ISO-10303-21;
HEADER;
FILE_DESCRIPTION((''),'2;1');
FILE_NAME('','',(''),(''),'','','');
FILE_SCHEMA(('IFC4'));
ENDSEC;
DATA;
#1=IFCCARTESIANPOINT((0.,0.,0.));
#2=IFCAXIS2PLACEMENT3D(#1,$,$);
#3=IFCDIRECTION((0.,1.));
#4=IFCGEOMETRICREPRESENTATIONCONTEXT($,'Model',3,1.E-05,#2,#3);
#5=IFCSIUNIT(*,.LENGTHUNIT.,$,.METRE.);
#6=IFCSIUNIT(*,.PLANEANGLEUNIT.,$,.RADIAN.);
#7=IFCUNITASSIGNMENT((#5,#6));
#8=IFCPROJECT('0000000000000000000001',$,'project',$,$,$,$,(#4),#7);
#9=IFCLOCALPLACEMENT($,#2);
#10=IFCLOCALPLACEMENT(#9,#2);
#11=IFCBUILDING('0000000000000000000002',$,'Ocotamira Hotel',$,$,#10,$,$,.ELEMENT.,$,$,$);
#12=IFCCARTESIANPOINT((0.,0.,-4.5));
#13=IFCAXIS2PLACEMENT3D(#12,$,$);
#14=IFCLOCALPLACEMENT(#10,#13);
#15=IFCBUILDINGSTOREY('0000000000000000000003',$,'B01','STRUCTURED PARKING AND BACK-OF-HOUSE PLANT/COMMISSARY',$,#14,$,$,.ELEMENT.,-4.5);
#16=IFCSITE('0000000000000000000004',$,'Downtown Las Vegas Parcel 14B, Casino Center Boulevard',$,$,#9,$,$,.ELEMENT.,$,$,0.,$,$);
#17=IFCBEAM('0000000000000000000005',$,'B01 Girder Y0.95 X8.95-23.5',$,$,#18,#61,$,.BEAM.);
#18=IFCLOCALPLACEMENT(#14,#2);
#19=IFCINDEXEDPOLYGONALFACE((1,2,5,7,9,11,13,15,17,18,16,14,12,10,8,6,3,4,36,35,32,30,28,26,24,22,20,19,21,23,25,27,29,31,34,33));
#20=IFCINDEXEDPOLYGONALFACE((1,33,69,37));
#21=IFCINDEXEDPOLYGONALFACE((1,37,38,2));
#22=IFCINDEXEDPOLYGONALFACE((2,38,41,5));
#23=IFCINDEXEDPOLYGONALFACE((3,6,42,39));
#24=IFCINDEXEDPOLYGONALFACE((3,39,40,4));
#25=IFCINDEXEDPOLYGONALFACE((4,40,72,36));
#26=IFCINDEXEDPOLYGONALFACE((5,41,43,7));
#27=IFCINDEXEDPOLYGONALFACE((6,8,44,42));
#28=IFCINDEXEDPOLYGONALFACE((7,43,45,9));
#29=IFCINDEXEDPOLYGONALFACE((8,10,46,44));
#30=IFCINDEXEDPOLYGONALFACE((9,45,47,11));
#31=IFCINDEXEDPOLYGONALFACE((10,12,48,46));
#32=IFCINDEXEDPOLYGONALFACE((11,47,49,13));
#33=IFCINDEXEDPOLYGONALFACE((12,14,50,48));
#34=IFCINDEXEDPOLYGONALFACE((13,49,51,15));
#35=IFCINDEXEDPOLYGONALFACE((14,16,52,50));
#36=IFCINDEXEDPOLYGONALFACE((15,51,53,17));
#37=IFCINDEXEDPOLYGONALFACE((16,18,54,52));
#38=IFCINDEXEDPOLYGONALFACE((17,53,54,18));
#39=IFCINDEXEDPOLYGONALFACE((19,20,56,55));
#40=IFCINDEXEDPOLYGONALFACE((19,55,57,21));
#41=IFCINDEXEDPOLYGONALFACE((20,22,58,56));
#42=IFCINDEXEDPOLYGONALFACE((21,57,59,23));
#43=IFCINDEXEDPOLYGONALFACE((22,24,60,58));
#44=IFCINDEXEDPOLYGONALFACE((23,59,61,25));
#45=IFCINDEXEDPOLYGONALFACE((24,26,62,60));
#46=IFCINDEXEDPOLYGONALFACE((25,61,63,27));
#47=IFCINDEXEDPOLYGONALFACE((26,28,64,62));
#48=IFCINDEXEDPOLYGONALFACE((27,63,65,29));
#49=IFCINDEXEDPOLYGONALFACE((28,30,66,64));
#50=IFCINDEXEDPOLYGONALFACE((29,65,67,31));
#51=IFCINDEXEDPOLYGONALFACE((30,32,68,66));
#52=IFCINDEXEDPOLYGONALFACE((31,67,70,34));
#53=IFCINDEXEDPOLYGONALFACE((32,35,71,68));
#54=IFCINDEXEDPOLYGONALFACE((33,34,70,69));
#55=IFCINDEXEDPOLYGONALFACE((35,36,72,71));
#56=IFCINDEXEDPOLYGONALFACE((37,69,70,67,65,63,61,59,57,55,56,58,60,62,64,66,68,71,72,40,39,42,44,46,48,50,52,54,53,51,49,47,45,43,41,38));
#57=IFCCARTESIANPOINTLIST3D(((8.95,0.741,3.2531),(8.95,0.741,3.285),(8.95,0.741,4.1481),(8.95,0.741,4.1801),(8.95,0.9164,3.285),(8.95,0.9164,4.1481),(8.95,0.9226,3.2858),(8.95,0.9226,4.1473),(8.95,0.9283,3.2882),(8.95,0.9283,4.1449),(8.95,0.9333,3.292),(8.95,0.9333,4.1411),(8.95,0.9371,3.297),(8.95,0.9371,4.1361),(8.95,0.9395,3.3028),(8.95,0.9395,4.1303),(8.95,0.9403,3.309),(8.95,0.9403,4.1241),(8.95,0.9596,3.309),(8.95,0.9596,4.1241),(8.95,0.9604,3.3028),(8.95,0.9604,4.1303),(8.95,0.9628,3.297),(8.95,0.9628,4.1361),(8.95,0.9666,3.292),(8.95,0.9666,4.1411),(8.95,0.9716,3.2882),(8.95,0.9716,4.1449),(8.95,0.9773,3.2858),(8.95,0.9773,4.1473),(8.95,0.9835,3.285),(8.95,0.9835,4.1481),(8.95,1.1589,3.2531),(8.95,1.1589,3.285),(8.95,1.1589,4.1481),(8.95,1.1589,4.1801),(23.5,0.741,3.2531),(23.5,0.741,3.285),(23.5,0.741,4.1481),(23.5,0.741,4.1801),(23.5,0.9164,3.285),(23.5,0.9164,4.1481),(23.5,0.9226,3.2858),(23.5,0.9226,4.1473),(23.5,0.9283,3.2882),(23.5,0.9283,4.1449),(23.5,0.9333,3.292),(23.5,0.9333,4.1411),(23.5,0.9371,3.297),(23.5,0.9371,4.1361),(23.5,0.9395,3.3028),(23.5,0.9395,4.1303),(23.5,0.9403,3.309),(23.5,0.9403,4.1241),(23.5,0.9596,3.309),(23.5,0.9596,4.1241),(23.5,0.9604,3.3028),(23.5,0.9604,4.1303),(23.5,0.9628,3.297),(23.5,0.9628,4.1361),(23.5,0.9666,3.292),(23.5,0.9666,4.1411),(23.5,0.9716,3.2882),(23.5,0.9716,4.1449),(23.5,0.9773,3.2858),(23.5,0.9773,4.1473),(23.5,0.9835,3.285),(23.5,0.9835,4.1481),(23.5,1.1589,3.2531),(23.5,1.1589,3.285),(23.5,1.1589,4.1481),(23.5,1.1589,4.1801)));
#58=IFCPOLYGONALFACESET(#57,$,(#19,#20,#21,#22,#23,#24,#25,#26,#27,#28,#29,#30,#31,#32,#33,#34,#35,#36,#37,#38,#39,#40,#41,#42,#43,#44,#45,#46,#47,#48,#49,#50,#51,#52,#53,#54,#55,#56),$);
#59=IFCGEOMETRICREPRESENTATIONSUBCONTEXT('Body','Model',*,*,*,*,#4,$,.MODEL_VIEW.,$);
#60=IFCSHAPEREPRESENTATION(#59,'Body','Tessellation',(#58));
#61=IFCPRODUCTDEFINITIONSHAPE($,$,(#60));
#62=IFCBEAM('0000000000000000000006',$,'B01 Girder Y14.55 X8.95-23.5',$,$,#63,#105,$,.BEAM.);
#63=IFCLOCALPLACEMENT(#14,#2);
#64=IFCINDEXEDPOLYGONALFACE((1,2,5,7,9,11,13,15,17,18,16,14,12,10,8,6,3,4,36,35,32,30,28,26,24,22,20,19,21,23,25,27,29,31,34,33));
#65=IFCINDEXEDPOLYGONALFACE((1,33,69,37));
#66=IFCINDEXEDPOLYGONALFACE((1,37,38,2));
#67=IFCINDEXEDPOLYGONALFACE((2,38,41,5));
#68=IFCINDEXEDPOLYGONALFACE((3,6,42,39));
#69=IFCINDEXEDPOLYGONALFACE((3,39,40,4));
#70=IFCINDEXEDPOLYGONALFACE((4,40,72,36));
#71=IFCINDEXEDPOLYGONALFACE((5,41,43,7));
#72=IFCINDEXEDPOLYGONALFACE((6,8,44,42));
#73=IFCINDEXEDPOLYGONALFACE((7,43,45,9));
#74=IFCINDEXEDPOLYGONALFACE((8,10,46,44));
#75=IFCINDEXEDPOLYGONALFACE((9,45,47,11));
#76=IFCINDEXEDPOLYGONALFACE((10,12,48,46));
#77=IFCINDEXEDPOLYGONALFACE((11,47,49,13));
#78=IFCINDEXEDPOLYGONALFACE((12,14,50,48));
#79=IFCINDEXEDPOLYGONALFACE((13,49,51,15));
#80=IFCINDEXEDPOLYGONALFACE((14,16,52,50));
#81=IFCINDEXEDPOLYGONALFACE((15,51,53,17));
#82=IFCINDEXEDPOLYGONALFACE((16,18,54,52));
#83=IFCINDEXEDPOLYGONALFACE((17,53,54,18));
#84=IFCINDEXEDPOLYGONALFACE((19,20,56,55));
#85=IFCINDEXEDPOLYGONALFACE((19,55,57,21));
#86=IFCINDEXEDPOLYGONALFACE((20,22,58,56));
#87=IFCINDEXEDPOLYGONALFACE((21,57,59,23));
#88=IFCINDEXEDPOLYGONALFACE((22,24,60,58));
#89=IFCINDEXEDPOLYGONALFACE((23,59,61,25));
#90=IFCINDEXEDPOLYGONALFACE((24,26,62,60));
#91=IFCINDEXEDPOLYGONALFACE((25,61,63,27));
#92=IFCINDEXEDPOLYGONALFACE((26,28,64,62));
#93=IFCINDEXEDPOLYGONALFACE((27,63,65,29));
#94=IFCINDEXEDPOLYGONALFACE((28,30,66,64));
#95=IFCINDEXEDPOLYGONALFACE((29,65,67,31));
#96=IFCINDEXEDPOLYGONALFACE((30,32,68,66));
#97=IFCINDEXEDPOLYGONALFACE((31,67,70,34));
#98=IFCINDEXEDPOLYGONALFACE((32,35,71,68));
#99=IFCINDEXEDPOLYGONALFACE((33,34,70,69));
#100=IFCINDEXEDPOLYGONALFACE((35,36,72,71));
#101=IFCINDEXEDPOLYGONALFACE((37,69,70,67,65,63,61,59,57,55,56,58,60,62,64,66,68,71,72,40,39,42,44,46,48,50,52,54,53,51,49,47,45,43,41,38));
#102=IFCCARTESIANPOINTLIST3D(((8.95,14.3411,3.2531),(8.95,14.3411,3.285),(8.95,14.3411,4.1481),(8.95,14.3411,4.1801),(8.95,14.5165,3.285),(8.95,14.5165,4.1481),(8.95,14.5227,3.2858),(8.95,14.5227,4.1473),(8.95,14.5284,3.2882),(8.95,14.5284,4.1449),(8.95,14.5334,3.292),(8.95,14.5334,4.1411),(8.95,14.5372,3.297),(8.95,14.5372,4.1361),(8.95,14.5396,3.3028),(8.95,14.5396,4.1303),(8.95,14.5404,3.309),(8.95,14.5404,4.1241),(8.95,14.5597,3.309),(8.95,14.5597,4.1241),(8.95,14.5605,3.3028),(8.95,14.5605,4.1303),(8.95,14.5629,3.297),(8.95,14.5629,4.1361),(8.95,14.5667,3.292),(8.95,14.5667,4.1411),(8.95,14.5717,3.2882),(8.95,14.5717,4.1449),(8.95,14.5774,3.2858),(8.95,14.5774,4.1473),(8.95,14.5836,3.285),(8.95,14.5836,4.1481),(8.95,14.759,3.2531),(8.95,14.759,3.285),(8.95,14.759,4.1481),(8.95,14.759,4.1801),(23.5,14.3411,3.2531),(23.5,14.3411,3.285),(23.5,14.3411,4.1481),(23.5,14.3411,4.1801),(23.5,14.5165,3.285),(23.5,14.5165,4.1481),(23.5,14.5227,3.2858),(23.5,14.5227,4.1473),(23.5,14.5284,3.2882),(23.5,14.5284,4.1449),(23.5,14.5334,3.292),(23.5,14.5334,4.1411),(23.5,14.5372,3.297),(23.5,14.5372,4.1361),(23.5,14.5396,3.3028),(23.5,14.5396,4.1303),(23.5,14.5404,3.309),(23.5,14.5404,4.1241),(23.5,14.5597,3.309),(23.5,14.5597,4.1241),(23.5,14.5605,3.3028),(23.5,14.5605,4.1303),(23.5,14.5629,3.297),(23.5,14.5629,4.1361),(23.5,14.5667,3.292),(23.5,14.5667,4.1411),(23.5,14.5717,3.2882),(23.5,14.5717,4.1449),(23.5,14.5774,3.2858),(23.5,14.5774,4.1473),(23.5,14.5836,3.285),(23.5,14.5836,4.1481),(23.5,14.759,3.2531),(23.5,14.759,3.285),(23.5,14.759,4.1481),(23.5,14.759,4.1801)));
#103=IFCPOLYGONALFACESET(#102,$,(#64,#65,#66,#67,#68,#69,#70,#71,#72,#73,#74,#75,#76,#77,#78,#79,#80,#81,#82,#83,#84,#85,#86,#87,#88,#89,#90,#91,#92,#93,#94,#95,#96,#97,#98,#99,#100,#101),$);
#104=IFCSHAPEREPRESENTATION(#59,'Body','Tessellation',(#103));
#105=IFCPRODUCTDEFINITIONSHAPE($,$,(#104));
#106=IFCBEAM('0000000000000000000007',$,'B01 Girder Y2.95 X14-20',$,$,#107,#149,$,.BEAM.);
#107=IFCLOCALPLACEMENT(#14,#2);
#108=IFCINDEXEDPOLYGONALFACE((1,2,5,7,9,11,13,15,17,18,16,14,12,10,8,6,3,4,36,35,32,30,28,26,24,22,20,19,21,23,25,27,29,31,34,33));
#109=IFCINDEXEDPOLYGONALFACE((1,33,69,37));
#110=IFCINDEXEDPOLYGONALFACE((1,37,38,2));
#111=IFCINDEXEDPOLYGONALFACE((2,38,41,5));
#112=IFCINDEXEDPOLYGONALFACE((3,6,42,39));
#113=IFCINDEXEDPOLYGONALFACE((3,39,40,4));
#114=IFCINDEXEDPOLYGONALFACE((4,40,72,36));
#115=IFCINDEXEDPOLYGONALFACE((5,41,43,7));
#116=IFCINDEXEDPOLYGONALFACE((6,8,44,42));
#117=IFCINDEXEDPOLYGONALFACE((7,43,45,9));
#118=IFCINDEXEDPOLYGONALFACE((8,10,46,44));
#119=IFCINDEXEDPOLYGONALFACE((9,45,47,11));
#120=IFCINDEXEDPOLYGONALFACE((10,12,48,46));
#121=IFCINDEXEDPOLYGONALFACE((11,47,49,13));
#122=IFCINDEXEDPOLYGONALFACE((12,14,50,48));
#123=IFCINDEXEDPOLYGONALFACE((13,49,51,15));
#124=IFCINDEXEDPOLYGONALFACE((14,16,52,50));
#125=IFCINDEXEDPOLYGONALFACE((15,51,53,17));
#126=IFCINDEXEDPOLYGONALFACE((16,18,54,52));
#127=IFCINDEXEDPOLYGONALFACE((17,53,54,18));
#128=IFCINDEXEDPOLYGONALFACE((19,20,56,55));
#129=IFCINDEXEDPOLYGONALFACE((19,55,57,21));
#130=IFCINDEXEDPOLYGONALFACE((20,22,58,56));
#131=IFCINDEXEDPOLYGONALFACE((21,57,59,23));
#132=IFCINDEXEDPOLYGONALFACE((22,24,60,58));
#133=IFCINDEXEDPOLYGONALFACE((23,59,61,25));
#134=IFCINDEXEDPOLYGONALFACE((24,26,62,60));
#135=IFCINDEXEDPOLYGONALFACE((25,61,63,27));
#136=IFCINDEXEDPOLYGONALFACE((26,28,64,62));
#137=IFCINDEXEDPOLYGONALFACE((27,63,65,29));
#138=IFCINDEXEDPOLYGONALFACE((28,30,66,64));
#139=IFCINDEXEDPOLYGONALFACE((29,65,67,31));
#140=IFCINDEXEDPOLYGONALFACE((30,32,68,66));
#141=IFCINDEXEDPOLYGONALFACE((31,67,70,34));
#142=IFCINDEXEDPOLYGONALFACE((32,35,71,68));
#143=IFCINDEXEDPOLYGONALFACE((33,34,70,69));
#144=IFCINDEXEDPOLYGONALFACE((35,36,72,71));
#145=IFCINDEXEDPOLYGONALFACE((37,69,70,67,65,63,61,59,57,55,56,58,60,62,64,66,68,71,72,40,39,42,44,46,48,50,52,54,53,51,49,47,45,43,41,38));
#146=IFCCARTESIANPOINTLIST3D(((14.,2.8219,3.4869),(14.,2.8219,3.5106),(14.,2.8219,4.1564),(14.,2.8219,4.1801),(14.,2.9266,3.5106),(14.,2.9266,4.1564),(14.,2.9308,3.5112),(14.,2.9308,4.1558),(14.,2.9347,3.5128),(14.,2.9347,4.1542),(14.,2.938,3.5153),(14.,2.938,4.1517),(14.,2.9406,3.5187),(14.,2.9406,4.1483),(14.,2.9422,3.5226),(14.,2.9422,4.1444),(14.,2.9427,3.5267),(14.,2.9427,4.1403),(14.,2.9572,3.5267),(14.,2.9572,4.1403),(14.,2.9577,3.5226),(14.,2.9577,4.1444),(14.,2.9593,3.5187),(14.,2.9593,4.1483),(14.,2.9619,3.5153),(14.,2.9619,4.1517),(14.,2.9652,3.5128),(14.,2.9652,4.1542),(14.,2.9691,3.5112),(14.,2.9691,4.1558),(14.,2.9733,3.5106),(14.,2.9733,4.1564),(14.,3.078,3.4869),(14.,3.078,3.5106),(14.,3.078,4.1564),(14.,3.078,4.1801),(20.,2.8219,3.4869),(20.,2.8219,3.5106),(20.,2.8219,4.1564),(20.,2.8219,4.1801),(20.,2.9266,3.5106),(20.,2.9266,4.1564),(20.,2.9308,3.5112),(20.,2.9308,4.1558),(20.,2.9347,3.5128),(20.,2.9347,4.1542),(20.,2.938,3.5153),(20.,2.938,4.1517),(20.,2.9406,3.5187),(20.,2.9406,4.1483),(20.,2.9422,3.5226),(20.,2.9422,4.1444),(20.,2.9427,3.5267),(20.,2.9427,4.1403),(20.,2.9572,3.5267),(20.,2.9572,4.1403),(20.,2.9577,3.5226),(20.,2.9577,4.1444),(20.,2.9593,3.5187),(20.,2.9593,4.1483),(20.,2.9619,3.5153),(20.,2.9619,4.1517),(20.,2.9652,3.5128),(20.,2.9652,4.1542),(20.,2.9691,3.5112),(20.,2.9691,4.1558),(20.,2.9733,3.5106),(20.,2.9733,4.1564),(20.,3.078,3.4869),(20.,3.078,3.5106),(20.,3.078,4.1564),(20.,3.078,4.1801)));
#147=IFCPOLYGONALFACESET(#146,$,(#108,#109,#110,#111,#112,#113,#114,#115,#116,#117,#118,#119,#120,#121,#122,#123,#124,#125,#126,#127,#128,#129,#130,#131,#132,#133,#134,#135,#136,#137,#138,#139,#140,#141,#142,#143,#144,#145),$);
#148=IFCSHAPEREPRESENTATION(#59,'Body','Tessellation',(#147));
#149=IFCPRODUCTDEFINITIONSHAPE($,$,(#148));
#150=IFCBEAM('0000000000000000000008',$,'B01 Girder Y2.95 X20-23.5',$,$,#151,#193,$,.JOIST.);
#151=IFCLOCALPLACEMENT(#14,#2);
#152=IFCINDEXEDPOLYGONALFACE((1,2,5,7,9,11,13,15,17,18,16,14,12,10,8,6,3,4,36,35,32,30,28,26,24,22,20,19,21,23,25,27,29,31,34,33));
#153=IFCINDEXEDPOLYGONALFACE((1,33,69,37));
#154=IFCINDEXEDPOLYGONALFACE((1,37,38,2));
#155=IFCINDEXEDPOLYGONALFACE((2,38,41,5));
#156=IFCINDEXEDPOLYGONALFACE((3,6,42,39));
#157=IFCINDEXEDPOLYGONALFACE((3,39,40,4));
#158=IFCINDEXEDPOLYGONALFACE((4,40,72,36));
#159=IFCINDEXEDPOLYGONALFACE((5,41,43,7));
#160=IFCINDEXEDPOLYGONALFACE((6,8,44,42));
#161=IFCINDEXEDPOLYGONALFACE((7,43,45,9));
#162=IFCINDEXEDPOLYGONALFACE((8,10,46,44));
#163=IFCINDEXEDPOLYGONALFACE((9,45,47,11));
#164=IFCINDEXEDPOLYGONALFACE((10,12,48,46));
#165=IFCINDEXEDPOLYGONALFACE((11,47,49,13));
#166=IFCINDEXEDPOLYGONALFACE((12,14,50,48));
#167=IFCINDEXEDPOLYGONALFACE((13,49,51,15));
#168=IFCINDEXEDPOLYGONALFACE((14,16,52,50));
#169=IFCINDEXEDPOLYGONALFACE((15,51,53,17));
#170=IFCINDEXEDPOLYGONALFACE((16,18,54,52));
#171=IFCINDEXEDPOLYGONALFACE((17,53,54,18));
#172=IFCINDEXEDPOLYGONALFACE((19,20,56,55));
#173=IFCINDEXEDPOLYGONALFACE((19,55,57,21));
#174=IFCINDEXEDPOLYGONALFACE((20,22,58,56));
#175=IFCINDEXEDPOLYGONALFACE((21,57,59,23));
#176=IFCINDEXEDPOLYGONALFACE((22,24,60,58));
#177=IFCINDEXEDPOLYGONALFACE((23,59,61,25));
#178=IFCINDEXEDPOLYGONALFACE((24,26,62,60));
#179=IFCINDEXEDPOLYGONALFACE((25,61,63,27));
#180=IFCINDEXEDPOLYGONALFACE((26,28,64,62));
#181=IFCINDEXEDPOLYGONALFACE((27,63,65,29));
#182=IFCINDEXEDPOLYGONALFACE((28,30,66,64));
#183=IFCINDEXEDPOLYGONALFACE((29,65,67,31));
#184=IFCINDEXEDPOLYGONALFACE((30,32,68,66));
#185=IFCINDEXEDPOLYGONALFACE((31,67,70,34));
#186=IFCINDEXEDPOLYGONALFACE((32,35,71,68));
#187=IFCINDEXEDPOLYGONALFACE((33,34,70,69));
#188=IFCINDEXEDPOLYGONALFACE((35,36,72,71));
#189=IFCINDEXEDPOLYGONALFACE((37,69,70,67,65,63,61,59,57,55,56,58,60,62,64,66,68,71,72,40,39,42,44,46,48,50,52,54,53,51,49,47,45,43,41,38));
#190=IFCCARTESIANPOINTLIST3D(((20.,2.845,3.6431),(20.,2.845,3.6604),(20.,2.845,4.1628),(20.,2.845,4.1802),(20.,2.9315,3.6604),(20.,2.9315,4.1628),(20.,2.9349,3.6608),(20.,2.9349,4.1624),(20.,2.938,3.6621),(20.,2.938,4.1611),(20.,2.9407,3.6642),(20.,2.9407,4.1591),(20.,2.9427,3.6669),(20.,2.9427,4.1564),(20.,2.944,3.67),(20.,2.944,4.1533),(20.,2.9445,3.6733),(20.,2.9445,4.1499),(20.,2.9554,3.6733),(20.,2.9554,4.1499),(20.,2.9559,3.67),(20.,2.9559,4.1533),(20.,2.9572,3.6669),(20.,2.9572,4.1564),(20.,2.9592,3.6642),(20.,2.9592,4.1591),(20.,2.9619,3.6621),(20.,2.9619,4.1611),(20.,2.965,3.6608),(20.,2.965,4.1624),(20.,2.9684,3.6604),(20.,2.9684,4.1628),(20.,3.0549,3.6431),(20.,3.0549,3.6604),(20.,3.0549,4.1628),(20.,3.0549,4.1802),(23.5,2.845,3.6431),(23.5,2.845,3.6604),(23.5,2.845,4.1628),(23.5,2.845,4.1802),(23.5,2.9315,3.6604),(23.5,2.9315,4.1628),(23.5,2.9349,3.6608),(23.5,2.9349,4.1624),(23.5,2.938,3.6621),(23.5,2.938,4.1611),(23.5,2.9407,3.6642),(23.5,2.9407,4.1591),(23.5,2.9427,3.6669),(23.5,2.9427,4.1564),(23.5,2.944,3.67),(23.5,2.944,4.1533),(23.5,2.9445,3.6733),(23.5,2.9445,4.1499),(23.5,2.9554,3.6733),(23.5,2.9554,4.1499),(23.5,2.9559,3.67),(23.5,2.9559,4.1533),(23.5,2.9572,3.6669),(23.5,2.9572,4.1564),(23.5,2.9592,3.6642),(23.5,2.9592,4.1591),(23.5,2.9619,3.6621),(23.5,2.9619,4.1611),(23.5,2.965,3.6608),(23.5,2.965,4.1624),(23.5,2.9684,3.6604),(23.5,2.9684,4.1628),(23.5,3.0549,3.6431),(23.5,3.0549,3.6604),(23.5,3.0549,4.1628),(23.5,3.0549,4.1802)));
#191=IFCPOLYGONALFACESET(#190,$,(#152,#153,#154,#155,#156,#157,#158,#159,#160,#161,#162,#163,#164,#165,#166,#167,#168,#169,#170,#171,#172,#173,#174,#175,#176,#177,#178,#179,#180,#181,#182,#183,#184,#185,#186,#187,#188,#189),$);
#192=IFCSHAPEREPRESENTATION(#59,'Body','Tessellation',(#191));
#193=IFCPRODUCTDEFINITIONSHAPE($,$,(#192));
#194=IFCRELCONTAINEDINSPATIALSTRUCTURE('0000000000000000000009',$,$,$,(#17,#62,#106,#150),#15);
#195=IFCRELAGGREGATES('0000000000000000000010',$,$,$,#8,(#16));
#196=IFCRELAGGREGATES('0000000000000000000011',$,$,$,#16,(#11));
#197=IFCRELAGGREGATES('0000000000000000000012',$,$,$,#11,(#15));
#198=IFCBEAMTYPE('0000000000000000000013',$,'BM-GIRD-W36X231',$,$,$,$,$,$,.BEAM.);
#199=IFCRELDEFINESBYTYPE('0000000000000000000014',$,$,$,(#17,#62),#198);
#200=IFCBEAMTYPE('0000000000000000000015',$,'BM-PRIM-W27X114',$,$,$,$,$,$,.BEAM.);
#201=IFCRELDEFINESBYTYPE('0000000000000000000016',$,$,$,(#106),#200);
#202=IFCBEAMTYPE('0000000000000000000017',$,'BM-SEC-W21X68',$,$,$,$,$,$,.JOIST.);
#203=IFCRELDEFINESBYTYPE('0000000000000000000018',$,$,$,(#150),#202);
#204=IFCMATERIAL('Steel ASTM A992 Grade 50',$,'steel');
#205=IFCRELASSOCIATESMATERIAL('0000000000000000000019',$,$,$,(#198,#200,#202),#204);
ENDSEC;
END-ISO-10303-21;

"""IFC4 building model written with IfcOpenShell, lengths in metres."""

from ifc_helpers import new_model, si_unit, direction, frame, origin, origin_2d, place, context, subcontext, project, spatial, i_section, extrude, source, transform, mapped, material, material_profile, profile_set, type_object, element, save


model = new_model("IFC4")

# Units and contexts
model_context = context("Model", 3, precision=1e-05, world=origin(), true_north=direction((0.0, 1.0)))
body_context = subcontext(model_context, "Body", "Model", "MODEL_VIEW")
ifc_project = project(units=[si_unit("LENGTHUNIT", "METRE"), si_unit("PLANEANGLEUNIT", "RADIAN")], contexts=[model_context])

# Site, building, storey
site_placement = place(None, origin())
site = spatial("IfcSite", under=ifc_project, at=site_placement, Name="Downtown Las Vegas Parcel 14B, Casino Center Boulevard", CompositionType="ELEMENT", RefElevation=0.0)
building_placement = place(site_placement, origin())
building = spatial("IfcBuilding", under=site, at=building_placement, Name="Ocotamira Hotel", CompositionType="ELEMENT")
storey_placement = place(building_placement, frame((0.0, 0.0, -4.5)))
storey = spatial("IfcBuildingStorey", under=building, at=storey_placement, Name="B01", Description="STRUCTURED PARKING AND BACK-OF-HOUSE PLANT/COMMISSARY", CompositionType="ELEMENT", Elevation=-4.5)

# Beams
ifc_material_1 = material(Name="Steel ASTM A992 Grade 50", Category="steel")
ifc_material_profile_1 = material_profile(ifc_material_1, i_section(OverallWidth=0.418, OverallDepth=0.927, WebThickness=0.0193, FlangeThickness=0.032, FilletRadius=0.0239, at=origin_2d()), Name="W36X231")
ifc_profile_set_1 = profile_set([ifc_material_profile_1], Name="Steel ASTM A992 Grade 50")
beam_type_1 = type_object("IfcBeamType", Name="BM-GIRD-W36X231", PredefinedType="BEAM", material=ifc_profile_set_1)
shared_shape_1 = source(origin(), body_context, "Body", "SweptSolid", [
    extrude(i_section(OverallWidth=0.418, OverallDepth=0.927, WebThickness=0.0193, FlangeThickness=0.032, FilletRadius=0.0239, at=origin_2d()), origin(), (0.0, 0.0, 1.0), 14.55),
])
for number, where, z_axis, x_axis, name in (
    (1, (8.95, 0.95, 3.7166), (1.0, 0.0, 0.0), (0.0, 1.0, 0.0), "B01 Girder Y0.95 X8.95-23.5"),
    (2, (8.95, 14.55, 3.7166), (1.0, 0.0, 0.0), (0.0, 1.0, 0.0), "B01 Girder Y14.55 X8.95-23.5"),
):
    element("IfcBeam", number, at=place(storey_placement, frame(where, z_axis=z_axis, x_axis=x_axis)), inside=storey, type_object=beam_type_1, Name=name, PredefinedType="BEAM", context=body_context, shape_type="MappedRepresentation", body=[
        mapped(shared_shape_1, transform((0.0, 0.0, 0.0), scale=1.0)),
    ])
ifc_material_profile_2 = material_profile(ifc_material_1, i_section(OverallWidth=0.2561, OverallDepth=0.6931, WebThickness=0.0144, FlangeThickness=0.0237, FilletRadius=0.0161, at=origin_2d()), Name="W27X114")
ifc_profile_set_2 = profile_set([ifc_material_profile_2], Name="Steel ASTM A992 Grade 50")
beam_type_2 = type_object("IfcBeamType", Name="BM-PRIM-W27X114", PredefinedType="BEAM", material=ifc_profile_set_2)
shared_shape_2 = source(origin(), body_context, "Body", "SweptSolid", [
    extrude(i_section(OverallWidth=0.2561, OverallDepth=0.6931, WebThickness=0.0144, FlangeThickness=0.0237, FilletRadius=0.0161, at=origin_2d()), origin(), (0.0, 0.0, 1.0), 6.0),
])
beam_1_placement = place(storey_placement, frame((14.0, 2.95, 3.8335), z_axis=(1.0, 0.0, 0.0), x_axis=(0.0, 1.0, 0.0)))
element("IfcBeam", 3, at=beam_1_placement, inside=storey, type_object=beam_type_2, Name="B01 Girder Y2.95 X14-20", PredefinedType="BEAM", context=body_context, shape_type="MappedRepresentation", body=[
    mapped(shared_shape_2, transform((0.0, 0.0, 0.0), scale=1.0)),
])
ifc_material_profile_3 = material_profile(ifc_material_1, i_section(OverallWidth=0.21, OverallDepth=0.5371, WebThickness=0.011, FlangeThickness=0.0173, FilletRadius=0.0129, at=origin_2d()), Name="W21X68")
ifc_profile_set_3 = profile_set([ifc_material_profile_3], Name="Steel ASTM A992 Grade 50")
beam_type_3 = type_object("IfcBeamType", Name="BM-SEC-W21X68", PredefinedType="JOIST", material=ifc_profile_set_3)
shared_shape_3 = source(origin(), body_context, "Body", "SweptSolid", [
    extrude(i_section(OverallWidth=0.21, OverallDepth=0.5371, WebThickness=0.011, FlangeThickness=0.0173, FilletRadius=0.0129, at=origin_2d()), origin(), (0.0, 0.0, 1.0), 3.5),
])
beam_2_placement = place(storey_placement, frame((20.0, 2.95, 3.9116), z_axis=(1.0, 0.0, 0.0), x_axis=(0.0, 1.0, 0.0)))
element("IfcBeam", 4, at=beam_2_placement, inside=storey, type_object=beam_type_3, Name="B01 Girder Y2.95 X20-23.5", PredefinedType="JOIST", context=body_context, shape_type="MappedRepresentation", body=[
    mapped(shared_shape_3, transform((0.0, 0.0, 0.0), scale=1.0)),
])

save(model, "model.ifc")
